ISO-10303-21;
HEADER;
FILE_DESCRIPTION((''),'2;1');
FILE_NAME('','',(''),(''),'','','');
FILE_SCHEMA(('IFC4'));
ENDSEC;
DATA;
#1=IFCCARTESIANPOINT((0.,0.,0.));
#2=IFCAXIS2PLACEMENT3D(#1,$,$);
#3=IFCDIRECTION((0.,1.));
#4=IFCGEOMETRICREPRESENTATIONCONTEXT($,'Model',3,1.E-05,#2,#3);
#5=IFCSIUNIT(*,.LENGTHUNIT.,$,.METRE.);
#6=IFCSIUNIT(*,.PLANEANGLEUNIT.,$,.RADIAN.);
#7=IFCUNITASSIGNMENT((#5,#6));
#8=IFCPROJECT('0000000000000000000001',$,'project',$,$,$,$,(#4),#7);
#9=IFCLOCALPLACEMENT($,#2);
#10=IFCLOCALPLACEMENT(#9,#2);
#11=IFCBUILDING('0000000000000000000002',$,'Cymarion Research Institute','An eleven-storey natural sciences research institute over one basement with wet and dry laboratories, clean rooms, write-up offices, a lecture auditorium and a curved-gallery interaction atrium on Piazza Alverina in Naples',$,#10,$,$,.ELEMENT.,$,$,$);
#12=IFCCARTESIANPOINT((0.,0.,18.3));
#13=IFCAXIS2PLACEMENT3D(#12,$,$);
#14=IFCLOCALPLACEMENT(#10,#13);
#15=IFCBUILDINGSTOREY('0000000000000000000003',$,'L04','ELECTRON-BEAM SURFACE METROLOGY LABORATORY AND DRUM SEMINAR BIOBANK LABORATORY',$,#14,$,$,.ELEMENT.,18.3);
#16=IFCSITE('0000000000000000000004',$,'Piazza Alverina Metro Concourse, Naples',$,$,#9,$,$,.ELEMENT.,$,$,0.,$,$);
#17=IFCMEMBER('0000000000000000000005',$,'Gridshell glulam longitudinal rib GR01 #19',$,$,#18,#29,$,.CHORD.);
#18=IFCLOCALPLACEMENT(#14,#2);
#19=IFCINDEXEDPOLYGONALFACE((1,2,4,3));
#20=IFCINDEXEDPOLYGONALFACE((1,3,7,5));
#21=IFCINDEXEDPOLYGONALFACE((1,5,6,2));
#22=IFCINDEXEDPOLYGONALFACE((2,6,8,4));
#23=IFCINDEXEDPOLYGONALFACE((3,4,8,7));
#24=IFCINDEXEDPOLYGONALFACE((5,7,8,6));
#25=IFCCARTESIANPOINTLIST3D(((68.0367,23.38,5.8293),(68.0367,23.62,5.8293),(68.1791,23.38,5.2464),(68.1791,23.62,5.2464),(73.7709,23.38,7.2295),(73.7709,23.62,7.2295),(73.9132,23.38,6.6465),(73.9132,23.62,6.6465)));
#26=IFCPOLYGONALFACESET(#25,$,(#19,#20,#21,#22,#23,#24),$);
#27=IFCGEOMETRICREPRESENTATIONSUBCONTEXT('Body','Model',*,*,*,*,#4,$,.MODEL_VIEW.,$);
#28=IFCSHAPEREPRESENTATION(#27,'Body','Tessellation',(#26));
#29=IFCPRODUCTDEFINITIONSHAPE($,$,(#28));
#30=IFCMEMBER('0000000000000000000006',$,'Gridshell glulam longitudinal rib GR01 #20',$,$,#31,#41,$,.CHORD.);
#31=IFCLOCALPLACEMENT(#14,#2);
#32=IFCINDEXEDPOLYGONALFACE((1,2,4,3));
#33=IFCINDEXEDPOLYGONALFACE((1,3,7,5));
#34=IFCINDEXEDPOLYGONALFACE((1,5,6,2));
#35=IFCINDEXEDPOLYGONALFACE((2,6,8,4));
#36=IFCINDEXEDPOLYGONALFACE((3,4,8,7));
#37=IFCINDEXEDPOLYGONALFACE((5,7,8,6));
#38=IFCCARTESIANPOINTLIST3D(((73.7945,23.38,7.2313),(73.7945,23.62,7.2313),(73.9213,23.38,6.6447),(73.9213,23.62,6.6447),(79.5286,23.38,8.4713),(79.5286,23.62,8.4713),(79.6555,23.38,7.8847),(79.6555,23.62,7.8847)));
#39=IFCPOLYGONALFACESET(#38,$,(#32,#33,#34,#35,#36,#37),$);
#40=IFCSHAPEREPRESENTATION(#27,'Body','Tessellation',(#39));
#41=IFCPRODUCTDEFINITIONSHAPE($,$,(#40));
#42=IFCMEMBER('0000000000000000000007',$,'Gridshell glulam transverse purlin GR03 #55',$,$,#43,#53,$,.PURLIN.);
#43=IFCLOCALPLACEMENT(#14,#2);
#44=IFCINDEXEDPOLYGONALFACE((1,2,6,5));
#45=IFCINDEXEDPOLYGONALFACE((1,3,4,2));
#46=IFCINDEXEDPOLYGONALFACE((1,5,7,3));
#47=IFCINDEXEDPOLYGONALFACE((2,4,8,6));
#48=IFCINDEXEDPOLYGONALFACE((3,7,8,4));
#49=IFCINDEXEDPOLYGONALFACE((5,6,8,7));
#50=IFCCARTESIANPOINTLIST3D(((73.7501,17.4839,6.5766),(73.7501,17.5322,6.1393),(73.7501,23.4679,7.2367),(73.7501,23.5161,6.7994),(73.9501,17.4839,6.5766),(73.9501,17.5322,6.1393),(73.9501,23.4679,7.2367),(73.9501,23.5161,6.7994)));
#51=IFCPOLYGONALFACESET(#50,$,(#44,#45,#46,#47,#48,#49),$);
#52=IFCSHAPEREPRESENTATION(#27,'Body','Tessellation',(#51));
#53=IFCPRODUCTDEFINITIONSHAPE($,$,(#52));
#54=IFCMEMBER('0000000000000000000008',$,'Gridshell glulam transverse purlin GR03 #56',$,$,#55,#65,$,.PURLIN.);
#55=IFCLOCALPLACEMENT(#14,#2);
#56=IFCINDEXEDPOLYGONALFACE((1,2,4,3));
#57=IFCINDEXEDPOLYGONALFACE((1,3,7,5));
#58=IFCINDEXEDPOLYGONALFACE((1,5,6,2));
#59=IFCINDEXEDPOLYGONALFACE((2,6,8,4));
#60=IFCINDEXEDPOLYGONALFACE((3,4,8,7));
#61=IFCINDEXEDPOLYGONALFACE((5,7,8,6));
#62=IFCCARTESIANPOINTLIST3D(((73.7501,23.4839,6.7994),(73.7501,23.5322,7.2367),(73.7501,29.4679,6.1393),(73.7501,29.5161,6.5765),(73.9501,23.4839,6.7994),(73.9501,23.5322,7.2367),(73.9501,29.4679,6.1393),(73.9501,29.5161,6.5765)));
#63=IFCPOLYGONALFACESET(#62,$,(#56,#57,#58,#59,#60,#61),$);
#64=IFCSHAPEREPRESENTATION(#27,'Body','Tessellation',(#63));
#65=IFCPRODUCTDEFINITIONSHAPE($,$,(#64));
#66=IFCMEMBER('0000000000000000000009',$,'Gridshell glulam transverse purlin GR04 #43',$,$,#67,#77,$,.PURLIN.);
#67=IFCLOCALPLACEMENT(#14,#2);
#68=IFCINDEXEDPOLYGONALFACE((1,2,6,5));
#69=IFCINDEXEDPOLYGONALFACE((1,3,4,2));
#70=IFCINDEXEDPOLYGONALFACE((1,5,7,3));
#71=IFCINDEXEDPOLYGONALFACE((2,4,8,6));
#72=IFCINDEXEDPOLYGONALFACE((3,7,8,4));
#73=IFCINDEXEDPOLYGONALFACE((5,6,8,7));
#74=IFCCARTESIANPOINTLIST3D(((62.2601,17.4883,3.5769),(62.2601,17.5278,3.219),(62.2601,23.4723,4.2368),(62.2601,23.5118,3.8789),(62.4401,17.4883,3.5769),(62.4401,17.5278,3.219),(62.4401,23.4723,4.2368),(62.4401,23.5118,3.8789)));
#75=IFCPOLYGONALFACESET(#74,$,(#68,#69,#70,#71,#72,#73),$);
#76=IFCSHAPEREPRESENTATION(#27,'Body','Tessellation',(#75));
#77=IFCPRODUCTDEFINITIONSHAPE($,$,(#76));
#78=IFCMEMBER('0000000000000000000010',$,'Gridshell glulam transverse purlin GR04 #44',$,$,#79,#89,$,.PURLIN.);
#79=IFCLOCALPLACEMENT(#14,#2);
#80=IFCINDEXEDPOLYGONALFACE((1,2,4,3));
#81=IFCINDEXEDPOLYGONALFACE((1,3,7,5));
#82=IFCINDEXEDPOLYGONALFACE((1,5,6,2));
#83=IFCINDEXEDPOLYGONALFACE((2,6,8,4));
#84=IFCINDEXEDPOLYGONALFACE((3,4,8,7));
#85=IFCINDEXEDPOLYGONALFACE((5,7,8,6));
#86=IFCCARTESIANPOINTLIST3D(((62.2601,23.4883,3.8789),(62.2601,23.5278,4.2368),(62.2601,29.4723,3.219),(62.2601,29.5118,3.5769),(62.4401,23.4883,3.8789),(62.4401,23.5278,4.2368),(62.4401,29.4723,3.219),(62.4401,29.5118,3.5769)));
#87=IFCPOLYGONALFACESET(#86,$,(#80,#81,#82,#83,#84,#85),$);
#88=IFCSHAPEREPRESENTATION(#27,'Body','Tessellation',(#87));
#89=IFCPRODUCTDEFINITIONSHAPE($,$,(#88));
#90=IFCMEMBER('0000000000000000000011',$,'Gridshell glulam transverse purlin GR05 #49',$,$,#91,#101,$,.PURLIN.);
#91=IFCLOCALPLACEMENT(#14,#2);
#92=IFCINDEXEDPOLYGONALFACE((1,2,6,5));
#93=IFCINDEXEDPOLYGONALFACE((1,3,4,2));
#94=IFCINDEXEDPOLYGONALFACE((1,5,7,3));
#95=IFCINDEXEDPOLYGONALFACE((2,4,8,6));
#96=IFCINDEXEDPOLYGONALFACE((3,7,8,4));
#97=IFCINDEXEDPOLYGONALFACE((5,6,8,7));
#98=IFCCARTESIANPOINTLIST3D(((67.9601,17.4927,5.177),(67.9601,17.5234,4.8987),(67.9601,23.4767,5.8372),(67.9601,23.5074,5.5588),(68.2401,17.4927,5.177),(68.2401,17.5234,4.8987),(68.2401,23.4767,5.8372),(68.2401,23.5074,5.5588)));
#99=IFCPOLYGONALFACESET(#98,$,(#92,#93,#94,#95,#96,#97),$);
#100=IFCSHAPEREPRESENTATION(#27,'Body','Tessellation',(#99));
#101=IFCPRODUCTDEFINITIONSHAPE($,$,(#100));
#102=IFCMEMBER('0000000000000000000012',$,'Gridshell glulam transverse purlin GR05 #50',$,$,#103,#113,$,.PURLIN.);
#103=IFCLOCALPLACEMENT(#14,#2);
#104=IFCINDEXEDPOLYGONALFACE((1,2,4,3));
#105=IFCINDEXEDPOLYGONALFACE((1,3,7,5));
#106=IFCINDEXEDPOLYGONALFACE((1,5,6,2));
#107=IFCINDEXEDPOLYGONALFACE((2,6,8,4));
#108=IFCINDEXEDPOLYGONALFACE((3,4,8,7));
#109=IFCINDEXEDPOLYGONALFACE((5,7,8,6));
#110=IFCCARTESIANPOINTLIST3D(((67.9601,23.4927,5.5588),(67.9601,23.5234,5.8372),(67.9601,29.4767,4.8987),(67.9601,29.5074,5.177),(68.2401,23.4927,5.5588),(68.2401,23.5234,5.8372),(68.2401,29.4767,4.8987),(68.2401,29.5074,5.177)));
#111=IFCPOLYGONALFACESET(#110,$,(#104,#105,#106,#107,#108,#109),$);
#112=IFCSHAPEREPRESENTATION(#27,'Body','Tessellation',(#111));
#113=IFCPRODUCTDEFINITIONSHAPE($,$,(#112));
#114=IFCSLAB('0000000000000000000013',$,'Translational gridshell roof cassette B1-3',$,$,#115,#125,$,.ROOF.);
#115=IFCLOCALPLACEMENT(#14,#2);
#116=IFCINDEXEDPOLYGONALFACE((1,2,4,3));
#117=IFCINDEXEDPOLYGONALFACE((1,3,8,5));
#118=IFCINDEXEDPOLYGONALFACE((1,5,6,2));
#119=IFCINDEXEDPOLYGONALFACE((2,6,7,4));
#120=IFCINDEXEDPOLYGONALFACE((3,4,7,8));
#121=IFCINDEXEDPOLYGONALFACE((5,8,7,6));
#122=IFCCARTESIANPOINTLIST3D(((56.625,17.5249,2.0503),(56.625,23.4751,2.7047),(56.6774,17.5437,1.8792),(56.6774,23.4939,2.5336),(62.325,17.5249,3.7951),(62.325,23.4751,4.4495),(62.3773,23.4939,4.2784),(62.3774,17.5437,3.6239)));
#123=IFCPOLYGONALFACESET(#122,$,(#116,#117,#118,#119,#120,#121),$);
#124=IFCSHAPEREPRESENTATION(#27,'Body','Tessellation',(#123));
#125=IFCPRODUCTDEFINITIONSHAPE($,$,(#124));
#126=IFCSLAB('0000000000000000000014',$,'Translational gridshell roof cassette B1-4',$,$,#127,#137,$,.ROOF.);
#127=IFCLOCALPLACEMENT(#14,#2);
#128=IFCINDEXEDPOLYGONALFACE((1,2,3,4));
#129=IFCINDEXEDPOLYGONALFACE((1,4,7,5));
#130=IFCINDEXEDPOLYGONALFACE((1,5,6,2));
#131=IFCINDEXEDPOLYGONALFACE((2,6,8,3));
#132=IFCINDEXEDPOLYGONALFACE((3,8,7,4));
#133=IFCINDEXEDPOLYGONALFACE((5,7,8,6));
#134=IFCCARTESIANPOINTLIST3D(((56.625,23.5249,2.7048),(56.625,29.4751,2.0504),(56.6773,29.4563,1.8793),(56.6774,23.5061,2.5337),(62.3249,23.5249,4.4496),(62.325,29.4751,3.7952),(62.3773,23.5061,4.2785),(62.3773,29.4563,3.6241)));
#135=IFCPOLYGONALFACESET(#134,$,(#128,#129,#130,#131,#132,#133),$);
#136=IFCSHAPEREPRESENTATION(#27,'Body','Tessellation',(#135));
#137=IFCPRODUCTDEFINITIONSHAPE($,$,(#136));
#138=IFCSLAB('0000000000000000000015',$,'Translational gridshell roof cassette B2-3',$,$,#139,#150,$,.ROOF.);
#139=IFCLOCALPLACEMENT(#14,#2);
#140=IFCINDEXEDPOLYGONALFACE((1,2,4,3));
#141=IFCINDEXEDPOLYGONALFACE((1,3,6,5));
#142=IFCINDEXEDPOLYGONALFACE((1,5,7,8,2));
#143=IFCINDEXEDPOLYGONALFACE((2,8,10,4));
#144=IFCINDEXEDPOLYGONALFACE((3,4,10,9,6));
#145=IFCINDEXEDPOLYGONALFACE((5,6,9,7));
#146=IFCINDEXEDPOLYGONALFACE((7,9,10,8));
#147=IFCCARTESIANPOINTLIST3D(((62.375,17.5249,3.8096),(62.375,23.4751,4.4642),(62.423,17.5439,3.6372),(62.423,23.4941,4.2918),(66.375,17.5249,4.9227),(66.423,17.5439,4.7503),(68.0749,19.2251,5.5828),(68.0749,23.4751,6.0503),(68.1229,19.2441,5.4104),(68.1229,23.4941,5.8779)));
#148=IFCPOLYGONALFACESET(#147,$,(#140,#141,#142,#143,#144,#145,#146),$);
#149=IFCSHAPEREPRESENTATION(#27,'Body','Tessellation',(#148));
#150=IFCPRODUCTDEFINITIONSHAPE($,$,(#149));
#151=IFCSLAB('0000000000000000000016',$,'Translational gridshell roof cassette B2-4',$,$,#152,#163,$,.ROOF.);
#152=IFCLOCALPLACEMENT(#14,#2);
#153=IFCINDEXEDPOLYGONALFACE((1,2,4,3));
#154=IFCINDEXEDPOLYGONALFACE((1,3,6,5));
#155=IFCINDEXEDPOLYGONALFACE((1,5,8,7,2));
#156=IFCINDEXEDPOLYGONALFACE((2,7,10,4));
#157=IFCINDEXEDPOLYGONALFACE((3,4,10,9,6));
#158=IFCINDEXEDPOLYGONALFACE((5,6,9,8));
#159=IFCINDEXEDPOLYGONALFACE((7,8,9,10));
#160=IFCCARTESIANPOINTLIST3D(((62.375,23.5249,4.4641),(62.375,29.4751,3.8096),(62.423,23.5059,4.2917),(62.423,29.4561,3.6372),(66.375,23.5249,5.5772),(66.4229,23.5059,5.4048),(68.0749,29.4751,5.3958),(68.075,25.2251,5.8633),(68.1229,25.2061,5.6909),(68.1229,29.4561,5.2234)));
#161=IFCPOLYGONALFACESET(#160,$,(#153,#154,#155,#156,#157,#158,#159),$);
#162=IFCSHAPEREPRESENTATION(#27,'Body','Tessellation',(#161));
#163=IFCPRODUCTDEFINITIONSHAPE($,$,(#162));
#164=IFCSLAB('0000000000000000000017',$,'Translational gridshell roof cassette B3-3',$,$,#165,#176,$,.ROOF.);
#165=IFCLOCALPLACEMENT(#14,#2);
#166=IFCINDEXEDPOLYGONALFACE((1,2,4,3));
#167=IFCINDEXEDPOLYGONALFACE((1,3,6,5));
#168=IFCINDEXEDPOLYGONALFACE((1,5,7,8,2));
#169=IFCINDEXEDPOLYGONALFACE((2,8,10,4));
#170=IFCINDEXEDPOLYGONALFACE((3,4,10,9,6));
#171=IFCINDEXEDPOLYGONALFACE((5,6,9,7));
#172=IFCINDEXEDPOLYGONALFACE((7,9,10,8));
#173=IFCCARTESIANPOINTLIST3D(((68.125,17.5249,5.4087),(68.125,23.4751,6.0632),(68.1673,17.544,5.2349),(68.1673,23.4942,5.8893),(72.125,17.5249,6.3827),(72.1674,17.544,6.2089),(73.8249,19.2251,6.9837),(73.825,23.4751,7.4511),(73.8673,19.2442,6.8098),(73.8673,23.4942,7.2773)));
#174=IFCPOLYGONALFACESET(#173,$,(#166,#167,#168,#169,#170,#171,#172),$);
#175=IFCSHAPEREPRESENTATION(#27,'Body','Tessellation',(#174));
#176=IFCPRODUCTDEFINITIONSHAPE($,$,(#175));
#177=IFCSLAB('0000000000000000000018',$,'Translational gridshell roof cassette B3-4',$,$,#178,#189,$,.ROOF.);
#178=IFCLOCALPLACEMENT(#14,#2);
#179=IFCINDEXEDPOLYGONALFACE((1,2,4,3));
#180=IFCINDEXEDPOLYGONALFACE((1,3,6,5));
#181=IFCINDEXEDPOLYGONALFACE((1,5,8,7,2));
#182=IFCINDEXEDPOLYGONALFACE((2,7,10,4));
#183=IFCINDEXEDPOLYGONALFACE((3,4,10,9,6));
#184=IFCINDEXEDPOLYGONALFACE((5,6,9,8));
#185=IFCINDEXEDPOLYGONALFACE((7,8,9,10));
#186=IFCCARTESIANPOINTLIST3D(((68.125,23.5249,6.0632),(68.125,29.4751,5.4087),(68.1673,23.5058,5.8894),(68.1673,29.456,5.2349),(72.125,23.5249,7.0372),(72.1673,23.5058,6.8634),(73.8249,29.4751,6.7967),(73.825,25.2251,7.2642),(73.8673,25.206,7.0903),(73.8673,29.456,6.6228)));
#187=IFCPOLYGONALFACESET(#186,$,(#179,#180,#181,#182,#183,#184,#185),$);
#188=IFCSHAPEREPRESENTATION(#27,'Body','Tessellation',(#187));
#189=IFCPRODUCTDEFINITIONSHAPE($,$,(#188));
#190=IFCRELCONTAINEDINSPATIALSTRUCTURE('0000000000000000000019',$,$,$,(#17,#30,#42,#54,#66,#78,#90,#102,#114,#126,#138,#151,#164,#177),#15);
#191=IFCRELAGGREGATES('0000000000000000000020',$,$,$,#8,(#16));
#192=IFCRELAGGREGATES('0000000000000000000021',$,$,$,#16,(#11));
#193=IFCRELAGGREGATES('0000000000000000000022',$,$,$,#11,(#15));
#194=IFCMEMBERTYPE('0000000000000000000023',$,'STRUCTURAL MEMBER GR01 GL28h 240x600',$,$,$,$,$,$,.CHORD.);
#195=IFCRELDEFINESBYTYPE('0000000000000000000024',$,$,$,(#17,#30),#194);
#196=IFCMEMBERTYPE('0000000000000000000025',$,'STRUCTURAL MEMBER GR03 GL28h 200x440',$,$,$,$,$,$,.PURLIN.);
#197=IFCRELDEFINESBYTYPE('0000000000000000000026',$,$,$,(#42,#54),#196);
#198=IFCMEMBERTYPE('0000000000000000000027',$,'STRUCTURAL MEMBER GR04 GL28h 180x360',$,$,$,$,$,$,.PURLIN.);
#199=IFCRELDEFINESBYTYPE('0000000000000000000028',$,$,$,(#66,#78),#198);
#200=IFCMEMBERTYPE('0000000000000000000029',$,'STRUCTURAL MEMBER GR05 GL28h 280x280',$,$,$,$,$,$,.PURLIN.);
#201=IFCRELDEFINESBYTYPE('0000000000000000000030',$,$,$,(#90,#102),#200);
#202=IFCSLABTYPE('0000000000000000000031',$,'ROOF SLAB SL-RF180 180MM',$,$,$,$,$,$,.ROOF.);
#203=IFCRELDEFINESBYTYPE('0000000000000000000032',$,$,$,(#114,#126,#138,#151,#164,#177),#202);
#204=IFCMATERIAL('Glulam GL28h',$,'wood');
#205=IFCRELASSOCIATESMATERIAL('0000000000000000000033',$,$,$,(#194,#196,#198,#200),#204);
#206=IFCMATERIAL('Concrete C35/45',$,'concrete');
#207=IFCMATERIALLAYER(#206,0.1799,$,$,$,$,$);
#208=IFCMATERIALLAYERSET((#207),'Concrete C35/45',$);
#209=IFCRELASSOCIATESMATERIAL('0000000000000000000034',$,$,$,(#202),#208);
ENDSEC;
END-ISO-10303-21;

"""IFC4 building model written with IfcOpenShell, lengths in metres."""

from ifc_helpers import new_model, si_unit, direction, frame, origin, origin_2d, place, context, subcontext, project, spatial, polyline, rectangle, outline, extrude, material, layer, layer_set, material_profile, profile_set, type_object, element, save


model = new_model("IFC4")

# Units and contexts
model_context = context("Model", 3, precision=1e-05, world=origin(), true_north=direction((0.0, 1.0)))
body_context = subcontext(model_context, "Body", "Model", "MODEL_VIEW")
ifc_project = project(units=[si_unit("LENGTHUNIT", "METRE"), si_unit("PLANEANGLEUNIT", "RADIAN")], contexts=[model_context])

# Site, building, storey
site_placement = place(None, origin())
site = spatial("IfcSite", under=ifc_project, at=site_placement, Name="Piazza Alverina Metro Concourse, Naples", CompositionType="ELEMENT", RefElevation=0.0)
building_placement = place(site_placement, origin())
building = spatial("IfcBuilding", under=site, at=building_placement, Name="Cymarion Research Institute", Description="An eleven-storey natural sciences research institute over one basement with wet and dry laboratories, clean rooms, write-up offices, a lecture auditorium and a curved-gallery interaction atrium on Piazza Alverina in Naples", CompositionType="ELEMENT")
storey_placement = place(building_placement, frame((0.0, 0.0, 18.3)))
storey = spatial("IfcBuildingStorey", under=building, at=storey_placement, Name="L04", Description="ELECTRON-BEAM SURFACE METROLOGY LABORATORY AND DRUM SEMINAR BIOBANK LABORATORY", CompositionType="ELEMENT", Elevation=18.3)

# Members
ifc_material_1 = material(Name="Glulam GL28h", Category="wood")
ifc_material_profile_1 = material_profile(ifc_material_1, rectangle(XDim=0.24, YDim=0.6001, at=origin_2d()), Name="GL28h 240x600")
ifc_profile_set_1 = profile_set([ifc_material_profile_1], Name="Glulam GL28h")
member_type_1 = type_object("IfcMemberType", Name="STRUCTURAL MEMBER GR01 GL28h 240x600", PredefinedType="CHORD", material=ifc_profile_set_1)
member_1_placement = place(storey_placement, frame((68.1079, 23.5, 5.5378), z_axis=(0.971459, 0.0, 0.237208), x_axis=(0.0, 1.0, 0.0)))
element("IfcMember", 1, at=member_1_placement, inside=storey, type_object=member_type_1, Name="Gridshell glulam longitudinal rib GR01 #19", PredefinedType="CHORD", context=body_context, shape_type="SweptSolid", body=[
    extrude(rectangle(XDim=0.24, YDim=0.6001, at=origin_2d()), origin(), (0.0, 0.0, 1.0), 5.9026),
])
member_2_placement = place(storey_placement, frame((73.8579, 23.5, 6.938), z_axis=(0.977408, 0.0, 0.211362), x_axis=(0.0, 1.0, 0.0)))
element("IfcMember", 2, at=member_2_placement, inside=storey, type_object=member_type_1, Name="Gridshell glulam longitudinal rib GR01 #20", PredefinedType="CHORD", context=body_context, shape_type="SweptSolid", body=[
    extrude(rectangle(XDim=0.24, YDim=0.6001, at=origin_2d()), origin(), (0.0, 0.0, 1.0), 5.8667),
])
ifc_material_profile_2 = material_profile(ifc_material_1, rectangle(XDim=0.2, YDim=0.4399, at=origin_2d()), Name="GL28h 200x440")
ifc_profile_set_2 = profile_set([ifc_material_profile_2], Name="Glulam GL28h")
member_type_2 = type_object("IfcMemberType", Name="STRUCTURAL MEMBER GR03 GL28h 200x440", PredefinedType="PURLIN", material=ifc_profile_set_2)
for number, where, z_axis, x_axis, name in (
    (3, (73.8501, 17.5081, 6.3579), (0.0, 0.993969, 0.109657), (-1.0, 0.0, 0.0), "Gridshell glulam transverse purlin GR03 #55"),
    (4, (73.8501, 23.5081, 7.0181), (0.0, 0.993969, -0.109657), (-1.0, 0.0, 0.0), "Gridshell glulam transverse purlin GR03 #56"),
):
    element("IfcMember", number, at=place(storey_placement, frame(where, z_axis=z_axis, x_axis=x_axis)), inside=storey, type_object=member_type_2, Name=name, PredefinedType="PURLIN", context=body_context, shape_type="SweptSolid", body=[
        extrude(rectangle(XDim=0.2, YDim=0.4399, at=origin_2d()), origin(), (0.0, 0.0, 1.0), 6.0203),
    ])
ifc_material_profile_3 = material_profile(ifc_material_1, rectangle(XDim=0.1799, YDim=0.3601, at=origin_2d()), Name="GL28h 180x360")
ifc_profile_set_3 = profile_set([ifc_material_profile_3], Name="Glulam GL28h")
member_type_3 = type_object("IfcMemberType", Name="STRUCTURAL MEMBER GR04 GL28h 180x360", PredefinedType="PURLIN", material=ifc_profile_set_3)
for number, where, z_axis, x_axis, name in (
    (5, (62.3501, 17.5081, 3.3979), (0.0, 0.993974, 0.109617), (-1.0, 0.0, 0.0), "Gridshell glulam transverse purlin GR04 #43"),
    (6, (62.3501, 23.5081, 4.0579), (0.0, 0.993974, -0.109617), (-1.0, 0.0, 0.0), "Gridshell glulam transverse purlin GR04 #44"),
):
    element("IfcMember", number, at=place(storey_placement, frame(where, z_axis=z_axis, x_axis=x_axis)), inside=storey, type_object=member_type_3, Name=name, PredefinedType="PURLIN", context=body_context, shape_type="SweptSolid", body=[
        extrude(rectangle(XDim=0.1799, YDim=0.3601, at=origin_2d()), origin(), (0.0, 0.0, 1.0), 6.0203),
    ])
ifc_material_profile_4 = material_profile(ifc_material_1, rectangle(XDim=0.28, YDim=0.28, at=origin_2d()), Name="GL28h 280x280")
ifc_profile_set_4 = profile_set([ifc_material_profile_4], Name="Glulam GL28h")
member_type_4 = type_object("IfcMemberType", Name="STRUCTURAL MEMBER GR05 GL28h 280x280", PredefinedType="PURLIN", material=ifc_profile_set_4)
for number, where, z_axis, x_axis, name in (
    (7, (68.1001, 17.5081, 5.0378), (0.0, 0.993969, 0.109657), (-1.0, 0.0, 0.0), "Gridshell glulam transverse purlin GR05 #49"),
    (8, (68.1001, 23.5081, 5.698), (0.0, 0.993969, -0.109657), (-1.0, 0.0, 0.0), "Gridshell glulam transverse purlin GR05 #50"),
):
    element("IfcMember", number, at=place(storey_placement, frame(where, z_axis=z_axis, x_axis=x_axis)), inside=storey, type_object=member_type_4, Name=name, PredefinedType="PURLIN", context=body_context, shape_type="SweptSolid", body=[
        extrude(rectangle(XDim=0.28, YDim=0.28, at=origin_2d()), origin(), (0.0, 0.0, 1.0), 6.0203),
    ])

# Slabs
ifc_material_2 = material(Name="Concrete C35/45", Category="concrete")
ifc_layer_1 = layer(ifc_material_2, 0.1799)
ifc_layer_set_1 = layer_set([ifc_layer_1], Name="Concrete C35/45")
slab_type = type_object("IfcSlabType", Name="ROOF SLAB SL-RF180 180MM", PredefinedType="ROOF", material=ifc_layer_set_1)
slab_1_placement = place(storey_placement, frame((56.625, 17.5249, 2.0503), z_axis=(-0.291089, -0.104589, 0.950962), x_axis=(0.956206, 0.000002, 0.292694)))
element("IfcSlab", 9, at=slab_1_placement, inside=storey, type_object=slab_type, Name="Translational gridshell roof cassette B1-3", PredefinedType="ROOF", context=body_context, shape_type="SweptSolid", body=[
    extrude(outline(polyline([(0.0, 0.0), (5.961, 0.0), (6.1526, 5.983), (0.1916, 5.983), (0.0, 0.0)])), origin(), (0.0, 0.0, -1.0), 0.1799),
])
slab_2_placement = place(storey_placement, frame((56.625, 23.5249, 2.7048), z_axis=(-0.291089, 0.104589, 0.950962), x_axis=(0.956206, 0.000002, 0.292694)))
element("IfcSlab", 10, at=slab_2_placement, inside=storey, type_object=slab_type, Name="Translational gridshell roof cassette B1-4", PredefinedType="ROOF", context=body_context, shape_type="SweptSolid", body=[
    extrude(outline(polyline([(0.0, 0.0), (5.961, 0.0), (5.7695, 5.983), (-0.1916, 5.983), (0.0, 0.0)])), origin(), (0.0, 0.0, -1.0), 0.1799),
])
slab_3_placement = place(storey_placement, frame((62.375, 17.5249, 3.8096), z_axis=(-0.266597, -0.105394, 0.958028), x_axis=(0.963394, -0.000002, 0.26809)))
element("IfcSlab", 11, at=slab_3_placement, inside=storey, type_object=slab_type, Name="Translational gridshell roof cassette B2-3", PredefinedType="ROOF", context=body_context, shape_type="SweptSolid", body=[
    extrude(outline(polyline([(0.0, 0.0), (4.152, 0.0), (5.9667, 1.7097), (6.092, 5.9835), (0.1755, 5.9835), (0.0, 0.0)])), origin(), (0.0, 0.0, -1.0), 0.1799),
])
slab_4_placement = place(storey_placement, frame((62.375, 23.5249, 4.4641), z_axis=(-0.266599, 0.10538, 0.958029), x_axis=(0.963393, 0.000002, 0.268092)))
element("IfcSlab", 12, at=slab_4_placement, inside=storey, type_object=slab_type, Name="Translational gridshell roof cassette B2-4", PredefinedType="ROOF", context=body_context, shape_type="SweptSolid", body=[
    extrude(outline(polyline([(0.0, 0.0), (4.152, 0.0), (5.8664, 1.7097), (5.7411, 5.9835), (-0.1755, 5.9835), (0.0, 0.0)])), origin(), (0.0, 0.0, -1.0), 0.1799),
])
slab_5_placement = place(storey_placement, frame((68.125, 17.5249, 5.4087), z_axis=(-0.235249, -0.106265, 0.966108), x_axis=(0.97161, 0.000003, 0.236589)))
element("IfcSlab", 13, at=slab_5_placement, inside=storey, type_object=slab_type, Name="Translational gridshell roof cassette B3-3", PredefinedType="ROOF", context=body_context, shape_type="SweptSolid", body=[
    extrude(outline(polyline([(0.0, 0.0), (4.1169, 0.0), (5.9107, 1.7099), (6.0214, 5.9841), (0.1549, 5.9841), (0.0, 0.0)])), origin(), (0.0, 0.0, -1.0), 0.1799),
])
slab_6_placement = place(storey_placement, frame((68.125, 23.5249, 6.0632), z_axis=(-0.235246, 0.106265, 0.966109), x_axis=(0.971611, 0.000003, 0.236585)))
element("IfcSlab", 14, at=slab_6_placement, inside=storey, type_object=slab_type, Name="Translational gridshell roof cassette B3-4", PredefinedType="ROOF", context=body_context, shape_type="SweptSolid", body=[
    extrude(outline(polyline([(0.0, 0.0), (4.1168, 0.0), (5.8223, 1.7099), (5.7117, 5.9841), (-0.1548, 5.9841), (0.0, 0.0)])), origin(), (0.0, 0.0, -1.0), 0.1799),
])

save(model, "model.ifc")
